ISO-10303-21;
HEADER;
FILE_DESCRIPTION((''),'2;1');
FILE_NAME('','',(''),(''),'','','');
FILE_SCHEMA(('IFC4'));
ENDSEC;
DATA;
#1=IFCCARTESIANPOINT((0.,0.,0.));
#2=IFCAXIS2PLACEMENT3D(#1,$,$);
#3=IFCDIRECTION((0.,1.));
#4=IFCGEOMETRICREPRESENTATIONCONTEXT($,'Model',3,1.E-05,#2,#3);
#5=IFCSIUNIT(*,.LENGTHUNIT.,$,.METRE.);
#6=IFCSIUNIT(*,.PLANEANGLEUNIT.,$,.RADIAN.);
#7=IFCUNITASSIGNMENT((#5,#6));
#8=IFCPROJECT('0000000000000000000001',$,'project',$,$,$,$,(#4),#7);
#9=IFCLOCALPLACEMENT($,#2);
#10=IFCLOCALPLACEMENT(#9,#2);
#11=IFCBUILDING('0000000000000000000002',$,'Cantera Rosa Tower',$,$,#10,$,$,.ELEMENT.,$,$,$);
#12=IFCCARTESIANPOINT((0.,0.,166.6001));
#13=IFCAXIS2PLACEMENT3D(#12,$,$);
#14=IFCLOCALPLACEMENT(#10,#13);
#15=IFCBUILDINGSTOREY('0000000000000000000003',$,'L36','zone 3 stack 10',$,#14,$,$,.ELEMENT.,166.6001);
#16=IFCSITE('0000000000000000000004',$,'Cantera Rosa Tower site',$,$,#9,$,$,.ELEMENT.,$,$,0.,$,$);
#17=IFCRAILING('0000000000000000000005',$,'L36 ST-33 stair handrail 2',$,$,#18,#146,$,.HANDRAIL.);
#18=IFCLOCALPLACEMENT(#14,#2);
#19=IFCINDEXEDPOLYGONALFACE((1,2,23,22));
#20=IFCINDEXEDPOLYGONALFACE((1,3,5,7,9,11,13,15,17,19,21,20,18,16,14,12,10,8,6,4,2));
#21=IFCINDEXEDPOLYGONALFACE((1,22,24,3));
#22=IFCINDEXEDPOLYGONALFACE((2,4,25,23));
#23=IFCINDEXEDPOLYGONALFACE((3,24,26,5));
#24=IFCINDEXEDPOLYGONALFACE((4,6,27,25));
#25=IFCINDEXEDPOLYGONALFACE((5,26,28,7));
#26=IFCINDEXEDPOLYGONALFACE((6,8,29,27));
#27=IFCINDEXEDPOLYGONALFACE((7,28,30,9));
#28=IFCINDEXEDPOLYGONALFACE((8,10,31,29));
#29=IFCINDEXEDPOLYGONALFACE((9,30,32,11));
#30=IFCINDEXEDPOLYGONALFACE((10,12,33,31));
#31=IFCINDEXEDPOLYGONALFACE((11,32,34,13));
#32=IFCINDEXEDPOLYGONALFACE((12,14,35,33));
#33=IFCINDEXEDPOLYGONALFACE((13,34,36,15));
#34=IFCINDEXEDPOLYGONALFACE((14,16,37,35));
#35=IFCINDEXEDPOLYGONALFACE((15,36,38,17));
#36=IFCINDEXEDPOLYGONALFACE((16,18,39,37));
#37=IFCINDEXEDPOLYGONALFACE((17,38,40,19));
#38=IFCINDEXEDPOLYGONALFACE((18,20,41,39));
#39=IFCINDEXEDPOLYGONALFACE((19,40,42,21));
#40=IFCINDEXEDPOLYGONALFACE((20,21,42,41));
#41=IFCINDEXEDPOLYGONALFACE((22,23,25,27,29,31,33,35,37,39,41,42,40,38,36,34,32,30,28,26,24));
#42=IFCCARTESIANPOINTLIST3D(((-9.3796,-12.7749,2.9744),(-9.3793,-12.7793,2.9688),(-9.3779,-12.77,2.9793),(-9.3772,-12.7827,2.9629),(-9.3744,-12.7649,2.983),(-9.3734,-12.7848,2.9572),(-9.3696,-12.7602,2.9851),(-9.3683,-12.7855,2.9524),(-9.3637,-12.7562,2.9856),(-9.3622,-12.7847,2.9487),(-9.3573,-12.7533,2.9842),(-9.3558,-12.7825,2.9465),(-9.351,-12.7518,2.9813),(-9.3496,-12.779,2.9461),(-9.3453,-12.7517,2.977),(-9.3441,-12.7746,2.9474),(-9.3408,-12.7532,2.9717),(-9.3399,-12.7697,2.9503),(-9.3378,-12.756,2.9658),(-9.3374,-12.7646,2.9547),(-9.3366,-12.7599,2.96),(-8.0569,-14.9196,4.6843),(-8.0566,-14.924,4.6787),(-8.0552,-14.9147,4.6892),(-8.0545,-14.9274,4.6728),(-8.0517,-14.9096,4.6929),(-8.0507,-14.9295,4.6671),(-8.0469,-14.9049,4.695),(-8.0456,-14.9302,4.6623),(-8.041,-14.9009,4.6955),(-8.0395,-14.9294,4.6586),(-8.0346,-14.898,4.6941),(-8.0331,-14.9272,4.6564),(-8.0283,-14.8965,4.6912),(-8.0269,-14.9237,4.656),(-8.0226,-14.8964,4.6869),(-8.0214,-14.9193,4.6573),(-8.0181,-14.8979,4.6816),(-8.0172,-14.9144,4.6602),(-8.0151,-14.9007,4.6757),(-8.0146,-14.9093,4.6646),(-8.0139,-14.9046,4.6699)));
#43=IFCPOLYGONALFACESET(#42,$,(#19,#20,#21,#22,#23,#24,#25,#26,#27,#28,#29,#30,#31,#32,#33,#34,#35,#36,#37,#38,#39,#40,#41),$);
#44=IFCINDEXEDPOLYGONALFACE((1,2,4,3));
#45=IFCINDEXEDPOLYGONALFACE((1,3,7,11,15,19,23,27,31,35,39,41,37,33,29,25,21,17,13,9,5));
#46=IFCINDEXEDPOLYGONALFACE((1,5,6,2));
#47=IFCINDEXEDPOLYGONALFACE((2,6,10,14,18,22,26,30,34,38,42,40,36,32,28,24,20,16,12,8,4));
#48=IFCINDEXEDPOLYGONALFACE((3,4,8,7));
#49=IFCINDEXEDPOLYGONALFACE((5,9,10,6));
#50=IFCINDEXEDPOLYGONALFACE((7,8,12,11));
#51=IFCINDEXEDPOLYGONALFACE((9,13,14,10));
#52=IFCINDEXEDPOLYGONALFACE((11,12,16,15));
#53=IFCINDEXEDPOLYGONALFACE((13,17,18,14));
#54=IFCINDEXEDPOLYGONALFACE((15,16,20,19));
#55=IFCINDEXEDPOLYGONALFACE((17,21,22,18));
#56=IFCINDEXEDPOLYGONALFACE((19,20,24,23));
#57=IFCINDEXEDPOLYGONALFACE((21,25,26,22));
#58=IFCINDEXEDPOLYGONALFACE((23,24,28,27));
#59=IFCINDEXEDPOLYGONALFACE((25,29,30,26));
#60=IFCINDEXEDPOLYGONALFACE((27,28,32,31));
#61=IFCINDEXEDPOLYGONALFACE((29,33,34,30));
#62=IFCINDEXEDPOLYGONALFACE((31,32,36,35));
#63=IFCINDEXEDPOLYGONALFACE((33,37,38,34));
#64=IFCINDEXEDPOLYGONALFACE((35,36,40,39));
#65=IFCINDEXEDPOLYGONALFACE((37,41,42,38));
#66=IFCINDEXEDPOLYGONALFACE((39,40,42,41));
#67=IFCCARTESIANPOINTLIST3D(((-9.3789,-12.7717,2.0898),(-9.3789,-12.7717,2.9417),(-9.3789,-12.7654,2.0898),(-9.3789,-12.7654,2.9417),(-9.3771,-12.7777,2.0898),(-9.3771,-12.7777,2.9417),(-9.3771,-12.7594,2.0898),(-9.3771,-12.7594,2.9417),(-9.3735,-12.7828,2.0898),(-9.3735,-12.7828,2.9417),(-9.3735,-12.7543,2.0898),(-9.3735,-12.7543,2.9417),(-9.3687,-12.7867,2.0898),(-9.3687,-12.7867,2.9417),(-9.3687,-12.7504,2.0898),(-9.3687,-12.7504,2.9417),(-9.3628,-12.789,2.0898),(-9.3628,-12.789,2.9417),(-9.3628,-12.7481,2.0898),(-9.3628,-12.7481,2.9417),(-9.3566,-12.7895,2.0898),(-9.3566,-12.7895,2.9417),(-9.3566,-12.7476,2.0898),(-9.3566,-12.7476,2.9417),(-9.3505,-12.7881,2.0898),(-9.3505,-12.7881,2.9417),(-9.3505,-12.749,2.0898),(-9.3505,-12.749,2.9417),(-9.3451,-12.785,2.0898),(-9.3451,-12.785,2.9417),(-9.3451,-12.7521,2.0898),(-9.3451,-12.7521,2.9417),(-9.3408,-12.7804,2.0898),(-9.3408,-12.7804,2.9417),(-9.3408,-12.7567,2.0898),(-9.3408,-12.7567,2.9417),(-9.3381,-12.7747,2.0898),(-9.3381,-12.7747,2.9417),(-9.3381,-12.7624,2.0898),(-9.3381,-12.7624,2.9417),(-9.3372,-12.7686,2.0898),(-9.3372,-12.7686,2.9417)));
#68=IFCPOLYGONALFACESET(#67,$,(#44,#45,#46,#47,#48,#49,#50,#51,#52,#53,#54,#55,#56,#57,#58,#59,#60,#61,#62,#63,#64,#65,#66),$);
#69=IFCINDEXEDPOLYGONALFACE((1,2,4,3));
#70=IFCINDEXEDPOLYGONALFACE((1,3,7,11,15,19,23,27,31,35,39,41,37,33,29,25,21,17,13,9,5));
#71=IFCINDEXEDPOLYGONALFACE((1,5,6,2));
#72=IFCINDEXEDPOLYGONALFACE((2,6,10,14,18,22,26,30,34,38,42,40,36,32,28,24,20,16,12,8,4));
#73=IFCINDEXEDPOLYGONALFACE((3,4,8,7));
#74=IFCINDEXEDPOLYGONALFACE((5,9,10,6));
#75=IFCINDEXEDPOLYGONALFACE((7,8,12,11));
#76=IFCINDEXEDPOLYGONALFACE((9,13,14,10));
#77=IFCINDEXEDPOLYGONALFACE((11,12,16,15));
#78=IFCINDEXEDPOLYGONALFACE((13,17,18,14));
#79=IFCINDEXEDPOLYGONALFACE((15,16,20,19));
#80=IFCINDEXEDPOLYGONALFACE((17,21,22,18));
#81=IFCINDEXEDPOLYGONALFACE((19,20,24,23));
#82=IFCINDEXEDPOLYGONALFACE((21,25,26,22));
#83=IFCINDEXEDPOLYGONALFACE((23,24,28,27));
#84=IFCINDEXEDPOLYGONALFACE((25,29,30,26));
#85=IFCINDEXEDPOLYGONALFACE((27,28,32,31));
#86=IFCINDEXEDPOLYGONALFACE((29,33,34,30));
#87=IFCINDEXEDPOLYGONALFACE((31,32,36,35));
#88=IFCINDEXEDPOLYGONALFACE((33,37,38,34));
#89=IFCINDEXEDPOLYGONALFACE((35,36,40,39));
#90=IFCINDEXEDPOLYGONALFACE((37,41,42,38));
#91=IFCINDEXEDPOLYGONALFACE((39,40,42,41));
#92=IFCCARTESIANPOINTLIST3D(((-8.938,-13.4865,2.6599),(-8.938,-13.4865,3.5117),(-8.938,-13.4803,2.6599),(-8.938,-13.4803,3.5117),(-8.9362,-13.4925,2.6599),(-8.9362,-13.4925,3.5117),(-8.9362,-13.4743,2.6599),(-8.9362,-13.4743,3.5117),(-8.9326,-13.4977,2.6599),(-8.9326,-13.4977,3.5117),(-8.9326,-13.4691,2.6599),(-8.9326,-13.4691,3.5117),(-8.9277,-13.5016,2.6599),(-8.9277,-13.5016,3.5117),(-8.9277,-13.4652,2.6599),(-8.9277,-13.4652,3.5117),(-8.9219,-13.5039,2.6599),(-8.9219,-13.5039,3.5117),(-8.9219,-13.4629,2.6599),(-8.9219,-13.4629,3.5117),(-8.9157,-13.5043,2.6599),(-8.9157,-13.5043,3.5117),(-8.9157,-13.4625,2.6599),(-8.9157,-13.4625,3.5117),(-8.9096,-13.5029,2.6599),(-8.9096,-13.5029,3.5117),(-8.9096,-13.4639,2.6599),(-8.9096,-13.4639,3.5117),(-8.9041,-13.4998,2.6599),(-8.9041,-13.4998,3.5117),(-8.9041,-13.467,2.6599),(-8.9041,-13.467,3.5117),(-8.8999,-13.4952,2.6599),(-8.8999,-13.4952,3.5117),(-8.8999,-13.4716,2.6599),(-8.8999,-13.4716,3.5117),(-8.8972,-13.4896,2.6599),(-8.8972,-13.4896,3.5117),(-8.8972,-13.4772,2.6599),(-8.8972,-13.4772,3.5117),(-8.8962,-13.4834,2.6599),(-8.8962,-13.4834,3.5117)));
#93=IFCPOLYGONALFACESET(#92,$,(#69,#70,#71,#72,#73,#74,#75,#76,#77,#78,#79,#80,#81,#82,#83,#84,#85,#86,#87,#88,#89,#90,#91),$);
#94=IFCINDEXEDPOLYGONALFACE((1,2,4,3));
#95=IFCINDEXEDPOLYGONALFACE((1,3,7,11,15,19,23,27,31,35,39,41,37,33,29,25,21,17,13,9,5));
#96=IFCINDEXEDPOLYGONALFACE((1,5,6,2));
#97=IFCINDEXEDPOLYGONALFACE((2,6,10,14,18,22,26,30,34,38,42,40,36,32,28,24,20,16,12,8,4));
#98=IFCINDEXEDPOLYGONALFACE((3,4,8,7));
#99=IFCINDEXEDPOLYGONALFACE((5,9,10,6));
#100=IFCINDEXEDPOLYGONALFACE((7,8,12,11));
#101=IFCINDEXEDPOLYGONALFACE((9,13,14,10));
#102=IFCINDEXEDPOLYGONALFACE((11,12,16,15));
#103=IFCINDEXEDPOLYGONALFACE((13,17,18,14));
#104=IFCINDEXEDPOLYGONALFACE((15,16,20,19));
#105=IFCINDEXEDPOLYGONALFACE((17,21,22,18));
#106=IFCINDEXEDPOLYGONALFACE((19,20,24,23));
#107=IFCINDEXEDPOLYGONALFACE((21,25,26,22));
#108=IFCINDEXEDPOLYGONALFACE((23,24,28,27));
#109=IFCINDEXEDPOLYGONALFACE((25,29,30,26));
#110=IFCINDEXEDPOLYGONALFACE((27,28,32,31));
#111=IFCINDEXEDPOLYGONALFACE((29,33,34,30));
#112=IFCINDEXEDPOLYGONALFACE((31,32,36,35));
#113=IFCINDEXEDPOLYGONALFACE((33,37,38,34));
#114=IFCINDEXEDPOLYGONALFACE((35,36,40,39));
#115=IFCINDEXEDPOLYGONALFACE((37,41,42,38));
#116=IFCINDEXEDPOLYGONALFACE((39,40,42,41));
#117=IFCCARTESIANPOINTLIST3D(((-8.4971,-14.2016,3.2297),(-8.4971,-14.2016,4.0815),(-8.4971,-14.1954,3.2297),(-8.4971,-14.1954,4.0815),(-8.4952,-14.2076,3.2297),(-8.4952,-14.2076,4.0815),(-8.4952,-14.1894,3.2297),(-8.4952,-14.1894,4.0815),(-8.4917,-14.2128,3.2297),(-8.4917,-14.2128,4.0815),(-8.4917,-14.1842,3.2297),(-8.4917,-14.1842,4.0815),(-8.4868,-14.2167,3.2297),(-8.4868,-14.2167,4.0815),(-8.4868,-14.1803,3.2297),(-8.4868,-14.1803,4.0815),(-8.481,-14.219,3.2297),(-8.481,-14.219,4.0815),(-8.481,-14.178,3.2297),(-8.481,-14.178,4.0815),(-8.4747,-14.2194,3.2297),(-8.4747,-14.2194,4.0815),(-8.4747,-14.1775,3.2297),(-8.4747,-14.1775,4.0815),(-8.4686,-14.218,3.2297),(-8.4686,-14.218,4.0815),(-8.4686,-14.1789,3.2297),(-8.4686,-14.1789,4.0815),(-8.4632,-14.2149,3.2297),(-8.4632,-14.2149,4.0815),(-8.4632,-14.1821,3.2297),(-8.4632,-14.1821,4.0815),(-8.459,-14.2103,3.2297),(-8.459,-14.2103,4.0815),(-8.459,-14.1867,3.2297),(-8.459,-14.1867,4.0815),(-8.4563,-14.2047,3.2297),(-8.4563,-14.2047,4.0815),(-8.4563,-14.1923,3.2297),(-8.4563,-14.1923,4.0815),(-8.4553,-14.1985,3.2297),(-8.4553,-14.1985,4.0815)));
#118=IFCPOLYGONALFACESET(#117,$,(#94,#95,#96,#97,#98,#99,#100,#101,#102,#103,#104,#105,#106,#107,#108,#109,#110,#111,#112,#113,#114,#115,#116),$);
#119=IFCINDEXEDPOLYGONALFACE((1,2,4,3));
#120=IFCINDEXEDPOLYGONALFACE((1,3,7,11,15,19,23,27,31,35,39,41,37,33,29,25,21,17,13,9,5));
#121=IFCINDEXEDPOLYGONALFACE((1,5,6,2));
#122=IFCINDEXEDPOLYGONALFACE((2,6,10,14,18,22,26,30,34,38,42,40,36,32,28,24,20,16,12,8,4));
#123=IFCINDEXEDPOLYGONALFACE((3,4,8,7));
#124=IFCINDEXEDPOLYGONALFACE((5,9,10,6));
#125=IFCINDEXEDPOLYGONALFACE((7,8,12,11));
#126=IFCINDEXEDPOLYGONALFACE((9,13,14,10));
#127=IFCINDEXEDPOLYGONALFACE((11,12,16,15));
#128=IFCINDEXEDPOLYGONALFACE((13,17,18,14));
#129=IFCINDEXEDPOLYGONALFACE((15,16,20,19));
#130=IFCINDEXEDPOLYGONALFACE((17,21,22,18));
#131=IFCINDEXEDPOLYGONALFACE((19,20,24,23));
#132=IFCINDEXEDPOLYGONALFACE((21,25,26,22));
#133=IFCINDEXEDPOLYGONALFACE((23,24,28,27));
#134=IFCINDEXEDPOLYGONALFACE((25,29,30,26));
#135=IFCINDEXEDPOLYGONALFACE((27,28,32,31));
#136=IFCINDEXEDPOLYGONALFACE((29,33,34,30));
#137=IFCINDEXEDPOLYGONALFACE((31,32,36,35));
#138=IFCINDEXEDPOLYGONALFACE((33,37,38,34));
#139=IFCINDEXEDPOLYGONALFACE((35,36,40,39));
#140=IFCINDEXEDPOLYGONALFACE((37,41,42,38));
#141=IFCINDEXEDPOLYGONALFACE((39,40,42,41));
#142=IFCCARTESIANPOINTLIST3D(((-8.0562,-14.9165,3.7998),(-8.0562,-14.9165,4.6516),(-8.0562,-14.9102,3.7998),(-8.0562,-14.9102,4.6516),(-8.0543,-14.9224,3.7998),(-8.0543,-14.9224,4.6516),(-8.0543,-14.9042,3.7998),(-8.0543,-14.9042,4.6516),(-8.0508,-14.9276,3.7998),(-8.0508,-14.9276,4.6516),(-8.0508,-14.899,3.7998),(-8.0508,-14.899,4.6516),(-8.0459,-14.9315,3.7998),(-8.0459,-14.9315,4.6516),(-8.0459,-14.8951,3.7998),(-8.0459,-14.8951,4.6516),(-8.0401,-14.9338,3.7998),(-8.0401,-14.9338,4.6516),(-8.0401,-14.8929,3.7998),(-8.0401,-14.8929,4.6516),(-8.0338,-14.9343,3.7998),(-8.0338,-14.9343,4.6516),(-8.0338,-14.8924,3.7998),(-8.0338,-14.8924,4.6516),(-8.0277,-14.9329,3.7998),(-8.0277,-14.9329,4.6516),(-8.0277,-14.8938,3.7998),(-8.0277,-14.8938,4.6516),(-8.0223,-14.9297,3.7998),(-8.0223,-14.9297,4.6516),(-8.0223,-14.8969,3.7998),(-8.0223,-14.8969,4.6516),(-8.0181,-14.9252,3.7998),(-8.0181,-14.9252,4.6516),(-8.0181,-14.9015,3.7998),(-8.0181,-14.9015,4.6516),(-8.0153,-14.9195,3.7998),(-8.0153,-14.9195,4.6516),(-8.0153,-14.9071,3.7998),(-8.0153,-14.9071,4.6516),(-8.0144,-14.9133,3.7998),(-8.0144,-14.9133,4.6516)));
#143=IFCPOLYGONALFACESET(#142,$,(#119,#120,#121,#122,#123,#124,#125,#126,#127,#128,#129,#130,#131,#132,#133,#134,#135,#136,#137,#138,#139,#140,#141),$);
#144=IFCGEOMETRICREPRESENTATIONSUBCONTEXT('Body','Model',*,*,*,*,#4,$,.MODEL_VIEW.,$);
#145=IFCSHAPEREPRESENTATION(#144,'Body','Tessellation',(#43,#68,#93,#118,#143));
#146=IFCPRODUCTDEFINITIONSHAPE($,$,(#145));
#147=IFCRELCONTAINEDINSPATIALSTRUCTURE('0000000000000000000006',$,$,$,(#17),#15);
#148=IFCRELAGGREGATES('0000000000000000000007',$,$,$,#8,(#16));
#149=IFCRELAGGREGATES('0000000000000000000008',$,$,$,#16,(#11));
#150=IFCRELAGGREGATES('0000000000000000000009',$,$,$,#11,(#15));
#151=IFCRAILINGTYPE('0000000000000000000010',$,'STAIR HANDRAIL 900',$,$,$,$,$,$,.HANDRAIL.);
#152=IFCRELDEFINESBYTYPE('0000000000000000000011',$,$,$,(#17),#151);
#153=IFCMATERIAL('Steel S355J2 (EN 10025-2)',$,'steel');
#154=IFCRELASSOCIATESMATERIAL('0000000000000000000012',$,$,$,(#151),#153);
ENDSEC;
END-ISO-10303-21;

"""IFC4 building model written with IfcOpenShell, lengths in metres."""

from ifc_helpers import new_model, si_unit, direction, frame, origin, origin_2d, place, context, subcontext, project, spatial, circle, extrude, material, type_object, element, save


model = new_model("IFC4")

# Units and contexts
model_context = context("Model", 3, precision=1e-05, world=origin(), true_north=direction((0.0, 1.0)))
body_context = subcontext(model_context, "Body", "Model", "MODEL_VIEW")
ifc_project = project(units=[si_unit("LENGTHUNIT", "METRE"), si_unit("PLANEANGLEUNIT", "RADIAN")], contexts=[model_context])

# Site, building, storey
site_placement = place(None, origin())
site = spatial("IfcSite", under=ifc_project, at=site_placement, Name="Cantera Rosa Tower site", CompositionType="ELEMENT", RefElevation=0.0)
building_placement = place(site_placement, origin())
building = spatial("IfcBuilding", under=site, at=building_placement, Name="Cantera Rosa Tower", CompositionType="ELEMENT")
storey_placement = place(building_placement, frame((0.0, 0.0, 166.6001)))
storey = spatial("IfcBuildingStorey", under=building, at=storey_placement, Name="L36", Description="zone 3 stack 10", CompositionType="ELEMENT", Elevation=166.6001)

# Railing
ifc_material_1 = material(Name="Steel S355J2 (EN 10025-2)", Category="steel")
railing_type_1 = type_object("IfcRailingType", Name="STAIR HANDRAIL 900", PredefinedType="HANDRAIL", material=ifc_material_1)
railing_1_placement = place(storey_placement, frame((-9.3582, -12.7686, 2.0898)))
element("IfcRailing", 1, at=railing_1_placement, inside=storey, type_object=railing_type_1, Name="L36 ST-33 stair handrail 2", PredefinedType="HANDRAIL", context=body_context, shape_type="SweptSolid", body=[
    extrude(circle(Radius=0.0239, at=origin_2d()), frame((0.0, 0.0, 0.876), z_axis=(0.434363, -0.704296, 0.561513), x_axis=(0.851146, 0.52493, 0.0)), (0.0, 0.0, 1.0), 3.0452),
    extrude(circle(Radius=0.021, at=origin_2d()), origin(), (0.0, 0.0, 1.0), 0.8518),
    extrude(circle(Radius=0.021, at=origin_2d()), frame((0.4409, -0.7148, 0.5701)), (0.0, 0.0, 1.0), 0.8518),
    extrude(circle(Radius=0.021, at=origin_2d()), frame((0.8818, -1.4299, 1.1399)), (0.0, 0.0, 1.0), 0.8518),
    extrude(circle(Radius=0.021, at=origin_2d()), frame((1.3228, -2.1448, 1.71)), (0.0, 0.0, 1.0), 0.8518),
])

save(model, "model.ifc")
